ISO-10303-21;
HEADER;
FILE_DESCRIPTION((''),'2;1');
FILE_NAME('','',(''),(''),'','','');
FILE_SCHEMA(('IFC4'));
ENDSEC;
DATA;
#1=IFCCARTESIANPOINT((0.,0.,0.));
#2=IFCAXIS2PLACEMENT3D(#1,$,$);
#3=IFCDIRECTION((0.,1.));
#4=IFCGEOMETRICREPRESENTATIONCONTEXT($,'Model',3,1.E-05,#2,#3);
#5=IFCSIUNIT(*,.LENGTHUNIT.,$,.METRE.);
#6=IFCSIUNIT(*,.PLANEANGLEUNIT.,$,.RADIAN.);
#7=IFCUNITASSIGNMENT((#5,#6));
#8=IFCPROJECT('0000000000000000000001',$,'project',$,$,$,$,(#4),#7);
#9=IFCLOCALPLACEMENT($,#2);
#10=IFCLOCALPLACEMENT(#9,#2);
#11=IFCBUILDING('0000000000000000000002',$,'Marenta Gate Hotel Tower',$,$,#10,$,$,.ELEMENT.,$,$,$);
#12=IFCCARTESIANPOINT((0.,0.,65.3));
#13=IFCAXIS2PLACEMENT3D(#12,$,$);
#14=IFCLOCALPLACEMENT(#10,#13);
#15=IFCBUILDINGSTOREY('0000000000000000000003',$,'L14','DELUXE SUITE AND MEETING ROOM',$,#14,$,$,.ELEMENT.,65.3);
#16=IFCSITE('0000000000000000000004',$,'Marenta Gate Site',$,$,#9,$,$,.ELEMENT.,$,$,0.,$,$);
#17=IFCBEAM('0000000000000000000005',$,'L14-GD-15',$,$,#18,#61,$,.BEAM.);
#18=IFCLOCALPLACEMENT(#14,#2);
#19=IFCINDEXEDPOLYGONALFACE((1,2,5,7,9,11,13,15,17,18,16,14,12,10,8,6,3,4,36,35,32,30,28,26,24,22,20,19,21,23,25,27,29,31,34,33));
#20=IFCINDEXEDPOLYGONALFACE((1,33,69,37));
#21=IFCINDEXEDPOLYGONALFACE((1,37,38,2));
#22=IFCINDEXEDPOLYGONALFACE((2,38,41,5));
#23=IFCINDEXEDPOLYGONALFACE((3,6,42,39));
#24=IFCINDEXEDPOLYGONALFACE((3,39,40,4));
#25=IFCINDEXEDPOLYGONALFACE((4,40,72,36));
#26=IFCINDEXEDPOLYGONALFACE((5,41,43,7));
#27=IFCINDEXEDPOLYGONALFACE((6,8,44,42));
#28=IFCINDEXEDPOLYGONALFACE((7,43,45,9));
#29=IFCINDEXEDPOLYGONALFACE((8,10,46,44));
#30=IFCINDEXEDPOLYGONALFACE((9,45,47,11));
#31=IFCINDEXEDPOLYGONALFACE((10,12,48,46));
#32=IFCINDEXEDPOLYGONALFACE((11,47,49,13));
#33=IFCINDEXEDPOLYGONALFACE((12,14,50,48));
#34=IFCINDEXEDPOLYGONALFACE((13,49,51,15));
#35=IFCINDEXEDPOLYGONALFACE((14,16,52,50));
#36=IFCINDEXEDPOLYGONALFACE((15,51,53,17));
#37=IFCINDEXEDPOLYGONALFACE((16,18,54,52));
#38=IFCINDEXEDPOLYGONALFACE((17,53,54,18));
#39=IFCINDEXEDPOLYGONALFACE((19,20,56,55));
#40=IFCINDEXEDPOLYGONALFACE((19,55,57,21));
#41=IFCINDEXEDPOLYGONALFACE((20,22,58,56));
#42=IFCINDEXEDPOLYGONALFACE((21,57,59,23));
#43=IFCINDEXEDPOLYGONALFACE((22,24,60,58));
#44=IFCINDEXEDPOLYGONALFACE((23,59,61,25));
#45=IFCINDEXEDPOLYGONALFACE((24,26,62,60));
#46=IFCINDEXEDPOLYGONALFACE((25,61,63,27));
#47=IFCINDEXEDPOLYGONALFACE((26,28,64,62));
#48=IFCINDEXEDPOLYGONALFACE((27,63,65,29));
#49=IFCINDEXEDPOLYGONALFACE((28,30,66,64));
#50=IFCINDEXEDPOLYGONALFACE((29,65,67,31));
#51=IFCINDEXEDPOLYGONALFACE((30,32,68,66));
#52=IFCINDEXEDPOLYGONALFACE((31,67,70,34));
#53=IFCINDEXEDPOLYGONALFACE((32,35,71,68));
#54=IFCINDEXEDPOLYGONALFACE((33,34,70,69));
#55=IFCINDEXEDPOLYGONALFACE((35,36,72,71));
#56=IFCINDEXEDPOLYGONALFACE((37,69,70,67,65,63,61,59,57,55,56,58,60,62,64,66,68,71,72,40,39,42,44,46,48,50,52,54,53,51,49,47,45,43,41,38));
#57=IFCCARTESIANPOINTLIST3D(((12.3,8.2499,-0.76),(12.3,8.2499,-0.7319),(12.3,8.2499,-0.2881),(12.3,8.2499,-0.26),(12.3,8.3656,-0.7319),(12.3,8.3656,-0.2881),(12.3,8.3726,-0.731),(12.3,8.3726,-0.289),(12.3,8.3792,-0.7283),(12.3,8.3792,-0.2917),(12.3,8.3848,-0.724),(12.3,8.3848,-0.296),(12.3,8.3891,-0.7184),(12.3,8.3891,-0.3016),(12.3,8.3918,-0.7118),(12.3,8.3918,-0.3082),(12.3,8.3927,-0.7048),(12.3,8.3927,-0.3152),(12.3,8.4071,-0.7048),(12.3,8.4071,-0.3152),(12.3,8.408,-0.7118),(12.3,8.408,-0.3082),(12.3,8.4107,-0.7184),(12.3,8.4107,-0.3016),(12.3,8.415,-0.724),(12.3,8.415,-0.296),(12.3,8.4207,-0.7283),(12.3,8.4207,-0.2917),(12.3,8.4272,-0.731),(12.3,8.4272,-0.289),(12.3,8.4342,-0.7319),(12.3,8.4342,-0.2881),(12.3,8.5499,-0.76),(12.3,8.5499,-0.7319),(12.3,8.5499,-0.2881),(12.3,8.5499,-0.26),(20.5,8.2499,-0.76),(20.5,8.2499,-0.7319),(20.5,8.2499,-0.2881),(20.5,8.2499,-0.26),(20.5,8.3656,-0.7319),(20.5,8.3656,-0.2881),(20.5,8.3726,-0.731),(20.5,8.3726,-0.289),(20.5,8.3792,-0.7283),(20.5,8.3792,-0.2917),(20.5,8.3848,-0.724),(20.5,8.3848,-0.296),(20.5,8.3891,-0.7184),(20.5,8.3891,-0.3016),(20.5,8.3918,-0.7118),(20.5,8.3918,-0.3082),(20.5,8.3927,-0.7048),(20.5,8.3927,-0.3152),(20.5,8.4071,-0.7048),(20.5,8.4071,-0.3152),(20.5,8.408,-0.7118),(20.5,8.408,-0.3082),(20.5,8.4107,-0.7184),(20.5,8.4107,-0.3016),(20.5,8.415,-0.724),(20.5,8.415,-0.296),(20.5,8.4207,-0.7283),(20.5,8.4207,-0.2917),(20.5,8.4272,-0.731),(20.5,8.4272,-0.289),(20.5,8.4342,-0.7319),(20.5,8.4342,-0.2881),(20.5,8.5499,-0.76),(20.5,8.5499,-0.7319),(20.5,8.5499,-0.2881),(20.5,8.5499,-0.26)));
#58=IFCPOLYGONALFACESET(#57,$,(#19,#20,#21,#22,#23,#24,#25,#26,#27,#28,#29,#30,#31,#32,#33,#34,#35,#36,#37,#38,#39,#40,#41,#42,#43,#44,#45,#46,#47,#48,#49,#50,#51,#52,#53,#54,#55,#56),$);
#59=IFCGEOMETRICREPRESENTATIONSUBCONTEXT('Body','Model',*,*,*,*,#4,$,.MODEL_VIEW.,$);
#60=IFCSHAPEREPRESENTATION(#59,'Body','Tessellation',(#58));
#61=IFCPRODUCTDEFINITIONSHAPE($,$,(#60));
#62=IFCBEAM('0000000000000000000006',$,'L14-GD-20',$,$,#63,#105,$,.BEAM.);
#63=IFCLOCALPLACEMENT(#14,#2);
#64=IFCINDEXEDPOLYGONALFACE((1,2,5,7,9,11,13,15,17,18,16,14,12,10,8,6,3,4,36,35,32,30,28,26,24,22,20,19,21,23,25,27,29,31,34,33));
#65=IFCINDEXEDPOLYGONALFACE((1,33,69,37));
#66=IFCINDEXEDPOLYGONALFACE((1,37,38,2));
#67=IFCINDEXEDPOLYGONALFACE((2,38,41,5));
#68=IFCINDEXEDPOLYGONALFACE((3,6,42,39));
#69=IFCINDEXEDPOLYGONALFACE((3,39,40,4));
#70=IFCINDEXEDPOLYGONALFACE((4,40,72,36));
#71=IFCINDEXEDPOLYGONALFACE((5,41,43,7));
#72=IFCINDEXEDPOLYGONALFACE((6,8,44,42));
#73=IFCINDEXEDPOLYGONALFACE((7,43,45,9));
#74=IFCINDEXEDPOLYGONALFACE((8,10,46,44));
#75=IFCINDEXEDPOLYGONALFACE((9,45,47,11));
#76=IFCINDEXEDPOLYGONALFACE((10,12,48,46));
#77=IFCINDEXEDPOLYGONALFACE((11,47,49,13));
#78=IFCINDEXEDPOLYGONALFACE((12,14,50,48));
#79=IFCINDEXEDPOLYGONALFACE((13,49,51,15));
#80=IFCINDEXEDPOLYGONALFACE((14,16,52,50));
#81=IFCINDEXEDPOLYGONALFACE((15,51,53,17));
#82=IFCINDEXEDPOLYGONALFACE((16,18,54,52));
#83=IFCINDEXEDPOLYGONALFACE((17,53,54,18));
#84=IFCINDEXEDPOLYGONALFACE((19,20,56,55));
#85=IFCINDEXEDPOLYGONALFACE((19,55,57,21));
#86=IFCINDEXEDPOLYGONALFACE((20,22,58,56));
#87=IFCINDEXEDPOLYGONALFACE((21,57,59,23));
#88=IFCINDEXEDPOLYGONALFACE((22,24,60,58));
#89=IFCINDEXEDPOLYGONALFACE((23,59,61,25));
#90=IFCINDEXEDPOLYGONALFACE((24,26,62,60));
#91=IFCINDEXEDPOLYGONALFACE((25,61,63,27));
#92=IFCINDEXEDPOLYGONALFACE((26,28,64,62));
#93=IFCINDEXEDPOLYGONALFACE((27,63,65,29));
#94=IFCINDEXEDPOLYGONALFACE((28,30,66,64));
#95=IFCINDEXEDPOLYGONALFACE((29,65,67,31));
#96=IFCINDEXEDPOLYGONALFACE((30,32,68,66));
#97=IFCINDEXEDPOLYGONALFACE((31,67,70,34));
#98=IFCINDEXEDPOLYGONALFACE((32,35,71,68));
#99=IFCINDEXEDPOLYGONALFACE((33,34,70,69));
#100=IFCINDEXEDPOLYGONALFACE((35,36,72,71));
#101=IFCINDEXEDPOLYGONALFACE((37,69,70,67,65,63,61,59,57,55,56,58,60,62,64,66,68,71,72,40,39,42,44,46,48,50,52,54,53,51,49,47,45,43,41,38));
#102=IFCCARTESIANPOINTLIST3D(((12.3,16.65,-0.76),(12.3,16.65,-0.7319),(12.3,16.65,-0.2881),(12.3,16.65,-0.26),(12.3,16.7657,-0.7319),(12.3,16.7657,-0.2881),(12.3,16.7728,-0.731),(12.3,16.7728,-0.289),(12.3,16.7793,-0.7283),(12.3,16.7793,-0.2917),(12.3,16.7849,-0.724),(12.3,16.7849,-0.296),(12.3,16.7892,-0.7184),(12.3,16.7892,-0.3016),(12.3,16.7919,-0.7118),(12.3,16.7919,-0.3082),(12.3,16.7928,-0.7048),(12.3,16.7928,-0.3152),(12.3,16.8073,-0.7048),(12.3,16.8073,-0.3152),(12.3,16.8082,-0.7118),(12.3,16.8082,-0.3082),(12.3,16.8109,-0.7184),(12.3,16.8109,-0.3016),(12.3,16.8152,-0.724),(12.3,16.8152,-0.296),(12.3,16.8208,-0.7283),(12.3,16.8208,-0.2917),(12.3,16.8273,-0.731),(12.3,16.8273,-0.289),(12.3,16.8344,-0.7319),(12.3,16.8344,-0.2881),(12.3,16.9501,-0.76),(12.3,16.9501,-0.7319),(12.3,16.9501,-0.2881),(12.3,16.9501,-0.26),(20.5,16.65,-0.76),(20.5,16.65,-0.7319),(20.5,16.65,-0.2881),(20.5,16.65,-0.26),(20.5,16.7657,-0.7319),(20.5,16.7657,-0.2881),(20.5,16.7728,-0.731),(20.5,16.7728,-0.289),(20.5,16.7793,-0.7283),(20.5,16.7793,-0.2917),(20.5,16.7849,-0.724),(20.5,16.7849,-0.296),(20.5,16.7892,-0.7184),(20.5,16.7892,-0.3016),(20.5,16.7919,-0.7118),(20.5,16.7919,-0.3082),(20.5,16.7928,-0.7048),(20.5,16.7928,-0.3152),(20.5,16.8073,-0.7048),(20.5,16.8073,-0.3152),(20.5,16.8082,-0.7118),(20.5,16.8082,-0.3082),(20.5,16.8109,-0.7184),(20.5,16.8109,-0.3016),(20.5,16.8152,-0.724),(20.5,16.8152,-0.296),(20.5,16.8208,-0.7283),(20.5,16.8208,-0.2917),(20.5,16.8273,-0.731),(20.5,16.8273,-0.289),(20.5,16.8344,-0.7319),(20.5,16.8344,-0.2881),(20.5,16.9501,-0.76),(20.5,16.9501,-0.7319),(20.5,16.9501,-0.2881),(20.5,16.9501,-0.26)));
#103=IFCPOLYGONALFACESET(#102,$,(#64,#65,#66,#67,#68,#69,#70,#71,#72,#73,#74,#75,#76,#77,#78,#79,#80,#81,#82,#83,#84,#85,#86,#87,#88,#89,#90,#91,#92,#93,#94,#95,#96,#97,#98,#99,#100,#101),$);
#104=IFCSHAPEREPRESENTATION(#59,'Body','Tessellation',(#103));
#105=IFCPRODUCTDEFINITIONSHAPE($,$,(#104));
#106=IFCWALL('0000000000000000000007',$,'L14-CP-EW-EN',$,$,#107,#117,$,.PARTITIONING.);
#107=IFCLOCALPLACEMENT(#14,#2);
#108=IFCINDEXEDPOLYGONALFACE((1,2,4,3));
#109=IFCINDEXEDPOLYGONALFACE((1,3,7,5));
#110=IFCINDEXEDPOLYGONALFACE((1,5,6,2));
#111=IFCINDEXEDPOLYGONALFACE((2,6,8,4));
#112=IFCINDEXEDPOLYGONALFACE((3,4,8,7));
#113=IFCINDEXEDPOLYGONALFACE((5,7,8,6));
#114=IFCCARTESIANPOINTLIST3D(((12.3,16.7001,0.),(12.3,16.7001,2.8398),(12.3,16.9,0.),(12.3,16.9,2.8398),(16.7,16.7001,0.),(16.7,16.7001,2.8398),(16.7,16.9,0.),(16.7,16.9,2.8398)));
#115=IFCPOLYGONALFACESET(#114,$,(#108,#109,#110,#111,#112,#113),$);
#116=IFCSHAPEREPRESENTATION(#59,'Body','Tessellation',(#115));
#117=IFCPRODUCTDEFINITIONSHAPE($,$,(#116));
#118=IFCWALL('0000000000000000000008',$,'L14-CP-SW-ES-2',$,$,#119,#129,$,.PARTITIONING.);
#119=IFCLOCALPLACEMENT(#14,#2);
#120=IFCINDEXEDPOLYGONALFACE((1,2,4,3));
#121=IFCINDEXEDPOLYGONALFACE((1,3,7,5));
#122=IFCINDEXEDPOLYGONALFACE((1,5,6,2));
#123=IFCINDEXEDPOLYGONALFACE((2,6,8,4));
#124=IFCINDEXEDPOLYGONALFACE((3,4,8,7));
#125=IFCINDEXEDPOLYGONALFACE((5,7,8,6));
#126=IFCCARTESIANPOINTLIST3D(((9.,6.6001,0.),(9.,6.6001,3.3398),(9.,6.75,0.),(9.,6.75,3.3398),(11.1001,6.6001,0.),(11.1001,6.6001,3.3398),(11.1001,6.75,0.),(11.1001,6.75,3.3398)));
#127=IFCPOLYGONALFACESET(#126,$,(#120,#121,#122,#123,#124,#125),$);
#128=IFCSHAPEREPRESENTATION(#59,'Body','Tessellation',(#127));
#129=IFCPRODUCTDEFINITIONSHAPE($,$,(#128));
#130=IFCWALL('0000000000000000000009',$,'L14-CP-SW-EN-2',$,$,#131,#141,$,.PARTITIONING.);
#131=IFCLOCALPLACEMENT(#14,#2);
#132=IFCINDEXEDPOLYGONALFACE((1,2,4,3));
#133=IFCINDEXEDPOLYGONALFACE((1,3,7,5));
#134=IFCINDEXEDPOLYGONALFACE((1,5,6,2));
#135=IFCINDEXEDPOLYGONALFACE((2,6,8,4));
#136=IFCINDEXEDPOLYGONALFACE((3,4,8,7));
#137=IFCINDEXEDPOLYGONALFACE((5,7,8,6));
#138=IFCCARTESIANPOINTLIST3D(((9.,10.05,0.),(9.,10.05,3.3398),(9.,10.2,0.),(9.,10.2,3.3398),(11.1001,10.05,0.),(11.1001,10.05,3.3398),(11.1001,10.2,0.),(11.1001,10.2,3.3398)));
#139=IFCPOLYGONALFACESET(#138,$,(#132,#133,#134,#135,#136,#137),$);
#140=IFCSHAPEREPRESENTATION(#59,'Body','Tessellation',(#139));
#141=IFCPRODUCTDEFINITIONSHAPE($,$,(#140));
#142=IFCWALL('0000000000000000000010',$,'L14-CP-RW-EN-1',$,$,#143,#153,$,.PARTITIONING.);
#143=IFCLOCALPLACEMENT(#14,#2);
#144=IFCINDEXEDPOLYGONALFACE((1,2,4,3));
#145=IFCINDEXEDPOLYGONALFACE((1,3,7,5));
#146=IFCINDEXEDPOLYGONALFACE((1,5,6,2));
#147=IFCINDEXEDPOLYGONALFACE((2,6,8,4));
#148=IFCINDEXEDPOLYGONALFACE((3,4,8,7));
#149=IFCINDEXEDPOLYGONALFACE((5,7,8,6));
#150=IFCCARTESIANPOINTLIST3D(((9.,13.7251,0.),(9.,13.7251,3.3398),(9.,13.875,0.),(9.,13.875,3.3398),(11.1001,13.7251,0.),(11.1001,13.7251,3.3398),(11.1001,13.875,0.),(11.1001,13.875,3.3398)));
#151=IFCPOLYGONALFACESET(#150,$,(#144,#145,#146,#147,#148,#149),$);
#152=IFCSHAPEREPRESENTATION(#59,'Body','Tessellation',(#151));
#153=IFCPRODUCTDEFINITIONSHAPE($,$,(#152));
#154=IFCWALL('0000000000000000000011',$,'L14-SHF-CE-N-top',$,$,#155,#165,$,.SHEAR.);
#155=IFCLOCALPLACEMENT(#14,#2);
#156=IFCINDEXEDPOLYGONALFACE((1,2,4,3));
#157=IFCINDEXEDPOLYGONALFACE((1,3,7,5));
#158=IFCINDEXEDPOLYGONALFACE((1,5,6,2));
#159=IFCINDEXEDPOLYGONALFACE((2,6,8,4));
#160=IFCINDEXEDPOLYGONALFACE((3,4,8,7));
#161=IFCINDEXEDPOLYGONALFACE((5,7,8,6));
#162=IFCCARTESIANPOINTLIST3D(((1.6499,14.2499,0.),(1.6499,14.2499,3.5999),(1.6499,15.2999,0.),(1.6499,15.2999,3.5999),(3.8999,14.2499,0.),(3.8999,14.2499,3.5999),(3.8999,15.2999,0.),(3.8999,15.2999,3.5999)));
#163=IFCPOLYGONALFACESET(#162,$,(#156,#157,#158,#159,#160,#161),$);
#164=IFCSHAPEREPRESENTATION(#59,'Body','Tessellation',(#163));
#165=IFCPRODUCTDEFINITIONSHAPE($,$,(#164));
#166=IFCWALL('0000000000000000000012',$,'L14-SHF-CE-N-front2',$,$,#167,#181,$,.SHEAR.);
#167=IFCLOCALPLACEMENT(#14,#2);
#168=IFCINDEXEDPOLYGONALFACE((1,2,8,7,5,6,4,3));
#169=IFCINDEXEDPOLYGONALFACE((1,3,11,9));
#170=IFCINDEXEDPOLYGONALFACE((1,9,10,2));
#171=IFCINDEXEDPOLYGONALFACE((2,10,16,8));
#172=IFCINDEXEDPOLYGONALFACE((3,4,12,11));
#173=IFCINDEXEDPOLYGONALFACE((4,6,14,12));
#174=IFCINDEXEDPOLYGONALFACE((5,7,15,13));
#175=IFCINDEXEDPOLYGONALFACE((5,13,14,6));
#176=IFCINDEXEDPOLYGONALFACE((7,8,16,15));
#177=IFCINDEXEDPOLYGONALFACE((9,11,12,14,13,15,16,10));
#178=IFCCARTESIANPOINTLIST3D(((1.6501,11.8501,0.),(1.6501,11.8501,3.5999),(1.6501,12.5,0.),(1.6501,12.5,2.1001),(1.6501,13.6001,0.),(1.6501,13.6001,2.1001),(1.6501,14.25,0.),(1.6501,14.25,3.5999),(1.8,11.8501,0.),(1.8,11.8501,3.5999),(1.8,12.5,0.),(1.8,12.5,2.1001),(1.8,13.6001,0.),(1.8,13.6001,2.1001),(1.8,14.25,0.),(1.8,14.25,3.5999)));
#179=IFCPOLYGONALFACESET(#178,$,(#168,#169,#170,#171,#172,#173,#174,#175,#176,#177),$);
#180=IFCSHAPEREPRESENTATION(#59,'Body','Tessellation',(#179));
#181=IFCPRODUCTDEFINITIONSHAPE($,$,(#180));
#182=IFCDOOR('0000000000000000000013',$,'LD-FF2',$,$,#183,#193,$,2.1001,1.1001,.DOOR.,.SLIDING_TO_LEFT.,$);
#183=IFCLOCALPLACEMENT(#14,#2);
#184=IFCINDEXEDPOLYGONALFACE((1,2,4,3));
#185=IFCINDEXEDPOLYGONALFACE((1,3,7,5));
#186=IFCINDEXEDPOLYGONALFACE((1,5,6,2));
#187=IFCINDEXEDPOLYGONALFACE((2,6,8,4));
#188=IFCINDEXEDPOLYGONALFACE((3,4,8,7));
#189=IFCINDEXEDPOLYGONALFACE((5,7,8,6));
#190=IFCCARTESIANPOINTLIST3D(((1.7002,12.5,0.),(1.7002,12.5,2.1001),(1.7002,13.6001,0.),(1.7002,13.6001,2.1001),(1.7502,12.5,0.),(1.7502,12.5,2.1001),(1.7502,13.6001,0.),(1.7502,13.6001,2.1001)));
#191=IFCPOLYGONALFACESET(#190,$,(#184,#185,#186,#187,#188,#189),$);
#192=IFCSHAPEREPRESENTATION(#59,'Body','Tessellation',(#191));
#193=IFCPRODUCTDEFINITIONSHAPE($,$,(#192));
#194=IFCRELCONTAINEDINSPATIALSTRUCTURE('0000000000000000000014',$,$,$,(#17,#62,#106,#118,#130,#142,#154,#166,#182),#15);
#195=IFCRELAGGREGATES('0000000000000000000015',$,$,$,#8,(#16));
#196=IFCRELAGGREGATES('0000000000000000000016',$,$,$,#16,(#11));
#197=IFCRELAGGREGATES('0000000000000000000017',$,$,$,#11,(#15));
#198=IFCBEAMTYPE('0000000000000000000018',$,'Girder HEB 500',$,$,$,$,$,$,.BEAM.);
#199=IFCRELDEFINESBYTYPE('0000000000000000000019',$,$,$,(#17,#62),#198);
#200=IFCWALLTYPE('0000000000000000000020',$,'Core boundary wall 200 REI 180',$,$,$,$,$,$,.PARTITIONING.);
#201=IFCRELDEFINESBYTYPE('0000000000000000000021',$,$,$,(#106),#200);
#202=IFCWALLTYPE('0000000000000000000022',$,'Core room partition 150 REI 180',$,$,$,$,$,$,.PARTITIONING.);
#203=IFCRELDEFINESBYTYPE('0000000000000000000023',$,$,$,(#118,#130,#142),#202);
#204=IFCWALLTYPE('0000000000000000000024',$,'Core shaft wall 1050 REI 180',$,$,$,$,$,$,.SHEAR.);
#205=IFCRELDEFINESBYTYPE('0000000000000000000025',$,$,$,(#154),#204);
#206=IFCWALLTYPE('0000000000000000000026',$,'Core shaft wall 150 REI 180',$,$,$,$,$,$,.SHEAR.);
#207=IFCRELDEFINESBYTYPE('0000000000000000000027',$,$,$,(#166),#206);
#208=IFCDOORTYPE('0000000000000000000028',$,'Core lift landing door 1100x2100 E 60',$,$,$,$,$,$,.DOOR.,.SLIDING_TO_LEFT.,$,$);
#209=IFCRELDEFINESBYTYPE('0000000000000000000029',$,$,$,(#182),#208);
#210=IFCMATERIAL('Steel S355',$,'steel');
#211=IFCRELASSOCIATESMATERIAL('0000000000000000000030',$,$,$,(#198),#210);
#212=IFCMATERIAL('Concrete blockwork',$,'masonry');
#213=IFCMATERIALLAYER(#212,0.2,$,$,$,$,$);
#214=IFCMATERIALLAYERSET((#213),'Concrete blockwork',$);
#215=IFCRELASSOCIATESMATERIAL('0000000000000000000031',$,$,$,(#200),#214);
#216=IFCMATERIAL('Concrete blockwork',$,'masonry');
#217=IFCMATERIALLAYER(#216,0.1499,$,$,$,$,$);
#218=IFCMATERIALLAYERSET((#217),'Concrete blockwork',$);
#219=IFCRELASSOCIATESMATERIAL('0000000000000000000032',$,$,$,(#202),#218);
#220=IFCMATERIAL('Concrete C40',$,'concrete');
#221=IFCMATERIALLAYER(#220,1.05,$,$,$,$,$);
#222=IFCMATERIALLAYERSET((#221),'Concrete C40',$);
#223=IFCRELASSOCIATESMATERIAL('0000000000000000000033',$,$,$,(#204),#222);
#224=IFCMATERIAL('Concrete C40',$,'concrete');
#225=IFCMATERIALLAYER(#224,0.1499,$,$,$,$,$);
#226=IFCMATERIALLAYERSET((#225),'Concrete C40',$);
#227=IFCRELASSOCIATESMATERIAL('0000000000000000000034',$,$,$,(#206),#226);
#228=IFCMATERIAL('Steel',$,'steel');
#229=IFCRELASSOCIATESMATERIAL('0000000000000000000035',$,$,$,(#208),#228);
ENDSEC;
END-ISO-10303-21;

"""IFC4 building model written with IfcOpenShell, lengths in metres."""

from ifc_helpers import new_model, si_unit, direction, frame, frame_2d, origin, origin_2d, place, context, subcontext, project, spatial, rectangle, i_section, extrude, material, layer, layer_set, material_profile, profile_set, type_object, element, fill, save


model = new_model("IFC4")

# Units and contexts
model_context = context("Model", 3, precision=1e-05, world=origin(), true_north=direction((0.0, 1.0)))
body_context = subcontext(model_context, "Body", "Model", "MODEL_VIEW")
ifc_project = project(units=[si_unit("LENGTHUNIT", "METRE"), si_unit("PLANEANGLEUNIT", "RADIAN")], contexts=[model_context])

# Site, building, storey
site_placement = place(None, origin())
site = spatial("IfcSite", under=ifc_project, at=site_placement, Name="Marenta Gate Site", CompositionType="ELEMENT", RefElevation=0.0)
building_placement = place(site_placement, origin())
building = spatial("IfcBuilding", under=site, at=building_placement, Name="Marenta Gate Hotel Tower", CompositionType="ELEMENT")
storey_placement = place(building_placement, frame((0.0, 0.0, 65.3)))
storey = spatial("IfcBuildingStorey", under=building, at=storey_placement, Name="L14", Description="DELUXE SUITE AND MEETING ROOM", CompositionType="ELEMENT", Elevation=65.3)

# Beams
ifc_material_1 = material(Name="Steel S355", Category="steel")
ifc_material_profile = material_profile(ifc_material_1, i_section(OverallWidth=0.3, OverallDepth=0.5, WebThickness=0.0144, FlangeThickness=0.0281, FilletRadius=0.0271, at=origin_2d()), Name="HEB 500")
ifc_profile_set = profile_set([ifc_material_profile], Name="Steel S355")
beam_type = type_object("IfcBeamType", Name="Girder HEB 500", PredefinedType="BEAM", material=ifc_profile_set)
for number, where, z_axis, x_axis, name in (
    (1, (12.3, 8.3999, -0.51), (1.0, 0.0, 0.0), (0.0, 1.0, 0.0), "L14-GD-15"),
    (2, (12.3, 16.8, -0.51), (1.0, 0.0, 0.0), (0.0, 1.0, 0.0), "L14-GD-20"),
):
    element("IfcBeam", number, at=place(storey_placement, frame(where, z_axis=z_axis, x_axis=x_axis)), inside=storey, type_object=beam_type, Name=name, PredefinedType="BEAM", context=body_context, shape_type="SweptSolid", body=[
        extrude(i_section(OverallWidth=0.3, OverallDepth=0.5, WebThickness=0.0144, FlangeThickness=0.0281, FilletRadius=0.0271, at=origin_2d()), origin(), (0.0, 0.0, 1.0), 8.2),
    ])

# Walls
ifc_material_2 = material(Name="Concrete blockwork", Category="masonry")
ifc_layer_1 = layer(ifc_material_2, 0.2)
ifc_layer_set_1 = layer_set([ifc_layer_1], Name="Concrete blockwork")
wall_type_1 = type_object("IfcWallType", Name="Core boundary wall 200 REI 180", PredefinedType="PARTITIONING", material=ifc_layer_set_1)
wall_1_placement = place(storey_placement, frame((12.3, 16.8, 0.0), z_axis=(0.0, 0.0, 1.0), x_axis=(1.0, 0.0, 0.0)))
element("IfcWall", 3, at=wall_1_placement, inside=storey, type_object=wall_type_1, Name="L14-CP-EW-EN", PredefinedType="PARTITIONING", context=body_context, shape_type="SweptSolid", body=[
    extrude(rectangle(XDim=4.3999, YDim=0.2, at=frame_2d((2.2, 0.0))), origin(), (0.0, 0.0, 1.0), 2.8398),
])
ifc_material_3 = material(Name="Concrete blockwork", Category="masonry")
ifc_layer_2 = layer(ifc_material_3, 0.1499)
ifc_layer_set_2 = layer_set([ifc_layer_2], Name="Concrete blockwork")
wall_type_2 = type_object("IfcWallType", Name="Core room partition 150 REI 180", PredefinedType="PARTITIONING", material=ifc_layer_set_2)
for number, where, z_axis, x_axis, name in (
    (4, (9.0, 6.675, 0.0), (0.0, 0.0, 1.0), (1.0, 0.0, 0.0), "L14-CP-SW-ES-2"),
    (5, (9.0, 10.125, 0.0), (0.0, 0.0, 1.0), (1.0, 0.0, 0.0), "L14-CP-SW-EN-2"),
    (6, (9.0, 13.8, 0.0), (0.0, 0.0, 1.0), (1.0, 0.0, 0.0), "L14-CP-RW-EN-1"),
):
    element("IfcWall", number, at=place(storey_placement, frame(where, z_axis=z_axis, x_axis=x_axis)), inside=storey, type_object=wall_type_2, Name=name, PredefinedType="PARTITIONING", context=body_context, shape_type="SweptSolid", body=[
        extrude(rectangle(XDim=2.1001, YDim=0.1499, at=frame_2d((1.05, 0.0))), origin(), (0.0, 0.0, 1.0), 3.3398),
    ])
ifc_material_4 = material(Name="Concrete C40", Category="concrete")
ifc_layer_3 = layer(ifc_material_4, 1.05)
ifc_layer_set_3 = layer_set([ifc_layer_3], Name="Concrete C40")
wall_type_3 = type_object("IfcWallType", Name="Core shaft wall 1050 REI 180", PredefinedType="SHEAR", material=ifc_layer_set_3)
wall_2_placement = place(storey_placement, frame((1.6499, 14.7749, 0.0), z_axis=(0.0, 0.0, 1.0), x_axis=(1.0, 0.0, 0.0)))
element("IfcWall", 7, at=wall_2_placement, inside=storey, type_object=wall_type_3, Name="L14-SHF-CE-N-top", PredefinedType="SHEAR", context=body_context, shape_type="SweptSolid", body=[
    extrude(rectangle(XDim=2.25, YDim=1.05, at=frame_2d((1.125, 0.0))), origin(), (0.0, 0.0, 1.0), 3.5999),
])

# Wall, opening, door
ifc_material_5 = material(Name="Concrete C40", Category="concrete")
ifc_layer_4 = layer(ifc_material_5, 0.1499)
ifc_layer_set_4 = layer_set([ifc_layer_4], Name="Concrete C40")
wall_type_4 = type_object("IfcWallType", Name="Core shaft wall 150 REI 180", PredefinedType="SHEAR", material=ifc_layer_set_4)
wall_3_placement = place(storey_placement, frame((1.7251, 11.8501, 0.0), z_axis=(0.0, 0.0, 1.0), x_axis=(0.0, 1.0, 0.0)))
wall_3 = element("IfcWall", 8, at=wall_3_placement, inside=storey, type_object=wall_type_4, Name="L14-SHF-CE-N-front2", PredefinedType="SHEAR", context=body_context, shape_type="SweptSolid", body=[
    extrude(rectangle(XDim=2.3999, YDim=0.1499, at=frame_2d((1.2, 0.0))), origin(), (0.0, 0.0, 1.0), 3.5999),
])
opening_1_placement = place(wall_3_placement, frame((0.6499, 0.0, 0.0)))
opening_1 = element("IfcOpeningElement", 9, at=opening_1_placement, cuts=wall_3, PredefinedType="OPENING", context=body_context, shape_type="SweptSolid", body=[
    extrude(rectangle(XDim=1.1001, YDim=2.1001, at=frame_2d((0.55, 1.05))), frame((0.0, 0.075, 0.0), z_axis=(0.0, -1.0, 0.0), x_axis=(1.0, 0.0, 0.0)), (0.0, 0.0, 1.0), 0.1499),
])
ifc_material_6 = material(Name="Steel", Category="steel")
door_type_1 = type_object("IfcDoorType", Name="Core lift landing door 1100x2100 E 60", OperationType="SLIDING_TO_LEFT", PredefinedType="DOOR", material=ifc_material_6)
door_1_placement = place(opening_1_placement, origin())
door_1 = element("IfcDoor", 10, at=door_1_placement, inside=storey, type_object=door_type_1, Name="LD-FF2", OperationType="SLIDING_TO_LEFT", OverallHeight=2.1001, OverallWidth=1.1001, PredefinedType="DOOR", context=body_context, shape_type="SweptSolid", body=[
    extrude(rectangle(XDim=1.1001, YDim=2.1001, at=frame_2d((0.55, 1.05))), frame((0.0, 0.0249, 0.0), z_axis=(0.0, -1.0, 0.0), x_axis=(1.0, 0.0, 0.0)), (0.0, 0.0, 1.0), 0.05),
])
fill(opening_1, door_1)

save(model, "model.ifc")
